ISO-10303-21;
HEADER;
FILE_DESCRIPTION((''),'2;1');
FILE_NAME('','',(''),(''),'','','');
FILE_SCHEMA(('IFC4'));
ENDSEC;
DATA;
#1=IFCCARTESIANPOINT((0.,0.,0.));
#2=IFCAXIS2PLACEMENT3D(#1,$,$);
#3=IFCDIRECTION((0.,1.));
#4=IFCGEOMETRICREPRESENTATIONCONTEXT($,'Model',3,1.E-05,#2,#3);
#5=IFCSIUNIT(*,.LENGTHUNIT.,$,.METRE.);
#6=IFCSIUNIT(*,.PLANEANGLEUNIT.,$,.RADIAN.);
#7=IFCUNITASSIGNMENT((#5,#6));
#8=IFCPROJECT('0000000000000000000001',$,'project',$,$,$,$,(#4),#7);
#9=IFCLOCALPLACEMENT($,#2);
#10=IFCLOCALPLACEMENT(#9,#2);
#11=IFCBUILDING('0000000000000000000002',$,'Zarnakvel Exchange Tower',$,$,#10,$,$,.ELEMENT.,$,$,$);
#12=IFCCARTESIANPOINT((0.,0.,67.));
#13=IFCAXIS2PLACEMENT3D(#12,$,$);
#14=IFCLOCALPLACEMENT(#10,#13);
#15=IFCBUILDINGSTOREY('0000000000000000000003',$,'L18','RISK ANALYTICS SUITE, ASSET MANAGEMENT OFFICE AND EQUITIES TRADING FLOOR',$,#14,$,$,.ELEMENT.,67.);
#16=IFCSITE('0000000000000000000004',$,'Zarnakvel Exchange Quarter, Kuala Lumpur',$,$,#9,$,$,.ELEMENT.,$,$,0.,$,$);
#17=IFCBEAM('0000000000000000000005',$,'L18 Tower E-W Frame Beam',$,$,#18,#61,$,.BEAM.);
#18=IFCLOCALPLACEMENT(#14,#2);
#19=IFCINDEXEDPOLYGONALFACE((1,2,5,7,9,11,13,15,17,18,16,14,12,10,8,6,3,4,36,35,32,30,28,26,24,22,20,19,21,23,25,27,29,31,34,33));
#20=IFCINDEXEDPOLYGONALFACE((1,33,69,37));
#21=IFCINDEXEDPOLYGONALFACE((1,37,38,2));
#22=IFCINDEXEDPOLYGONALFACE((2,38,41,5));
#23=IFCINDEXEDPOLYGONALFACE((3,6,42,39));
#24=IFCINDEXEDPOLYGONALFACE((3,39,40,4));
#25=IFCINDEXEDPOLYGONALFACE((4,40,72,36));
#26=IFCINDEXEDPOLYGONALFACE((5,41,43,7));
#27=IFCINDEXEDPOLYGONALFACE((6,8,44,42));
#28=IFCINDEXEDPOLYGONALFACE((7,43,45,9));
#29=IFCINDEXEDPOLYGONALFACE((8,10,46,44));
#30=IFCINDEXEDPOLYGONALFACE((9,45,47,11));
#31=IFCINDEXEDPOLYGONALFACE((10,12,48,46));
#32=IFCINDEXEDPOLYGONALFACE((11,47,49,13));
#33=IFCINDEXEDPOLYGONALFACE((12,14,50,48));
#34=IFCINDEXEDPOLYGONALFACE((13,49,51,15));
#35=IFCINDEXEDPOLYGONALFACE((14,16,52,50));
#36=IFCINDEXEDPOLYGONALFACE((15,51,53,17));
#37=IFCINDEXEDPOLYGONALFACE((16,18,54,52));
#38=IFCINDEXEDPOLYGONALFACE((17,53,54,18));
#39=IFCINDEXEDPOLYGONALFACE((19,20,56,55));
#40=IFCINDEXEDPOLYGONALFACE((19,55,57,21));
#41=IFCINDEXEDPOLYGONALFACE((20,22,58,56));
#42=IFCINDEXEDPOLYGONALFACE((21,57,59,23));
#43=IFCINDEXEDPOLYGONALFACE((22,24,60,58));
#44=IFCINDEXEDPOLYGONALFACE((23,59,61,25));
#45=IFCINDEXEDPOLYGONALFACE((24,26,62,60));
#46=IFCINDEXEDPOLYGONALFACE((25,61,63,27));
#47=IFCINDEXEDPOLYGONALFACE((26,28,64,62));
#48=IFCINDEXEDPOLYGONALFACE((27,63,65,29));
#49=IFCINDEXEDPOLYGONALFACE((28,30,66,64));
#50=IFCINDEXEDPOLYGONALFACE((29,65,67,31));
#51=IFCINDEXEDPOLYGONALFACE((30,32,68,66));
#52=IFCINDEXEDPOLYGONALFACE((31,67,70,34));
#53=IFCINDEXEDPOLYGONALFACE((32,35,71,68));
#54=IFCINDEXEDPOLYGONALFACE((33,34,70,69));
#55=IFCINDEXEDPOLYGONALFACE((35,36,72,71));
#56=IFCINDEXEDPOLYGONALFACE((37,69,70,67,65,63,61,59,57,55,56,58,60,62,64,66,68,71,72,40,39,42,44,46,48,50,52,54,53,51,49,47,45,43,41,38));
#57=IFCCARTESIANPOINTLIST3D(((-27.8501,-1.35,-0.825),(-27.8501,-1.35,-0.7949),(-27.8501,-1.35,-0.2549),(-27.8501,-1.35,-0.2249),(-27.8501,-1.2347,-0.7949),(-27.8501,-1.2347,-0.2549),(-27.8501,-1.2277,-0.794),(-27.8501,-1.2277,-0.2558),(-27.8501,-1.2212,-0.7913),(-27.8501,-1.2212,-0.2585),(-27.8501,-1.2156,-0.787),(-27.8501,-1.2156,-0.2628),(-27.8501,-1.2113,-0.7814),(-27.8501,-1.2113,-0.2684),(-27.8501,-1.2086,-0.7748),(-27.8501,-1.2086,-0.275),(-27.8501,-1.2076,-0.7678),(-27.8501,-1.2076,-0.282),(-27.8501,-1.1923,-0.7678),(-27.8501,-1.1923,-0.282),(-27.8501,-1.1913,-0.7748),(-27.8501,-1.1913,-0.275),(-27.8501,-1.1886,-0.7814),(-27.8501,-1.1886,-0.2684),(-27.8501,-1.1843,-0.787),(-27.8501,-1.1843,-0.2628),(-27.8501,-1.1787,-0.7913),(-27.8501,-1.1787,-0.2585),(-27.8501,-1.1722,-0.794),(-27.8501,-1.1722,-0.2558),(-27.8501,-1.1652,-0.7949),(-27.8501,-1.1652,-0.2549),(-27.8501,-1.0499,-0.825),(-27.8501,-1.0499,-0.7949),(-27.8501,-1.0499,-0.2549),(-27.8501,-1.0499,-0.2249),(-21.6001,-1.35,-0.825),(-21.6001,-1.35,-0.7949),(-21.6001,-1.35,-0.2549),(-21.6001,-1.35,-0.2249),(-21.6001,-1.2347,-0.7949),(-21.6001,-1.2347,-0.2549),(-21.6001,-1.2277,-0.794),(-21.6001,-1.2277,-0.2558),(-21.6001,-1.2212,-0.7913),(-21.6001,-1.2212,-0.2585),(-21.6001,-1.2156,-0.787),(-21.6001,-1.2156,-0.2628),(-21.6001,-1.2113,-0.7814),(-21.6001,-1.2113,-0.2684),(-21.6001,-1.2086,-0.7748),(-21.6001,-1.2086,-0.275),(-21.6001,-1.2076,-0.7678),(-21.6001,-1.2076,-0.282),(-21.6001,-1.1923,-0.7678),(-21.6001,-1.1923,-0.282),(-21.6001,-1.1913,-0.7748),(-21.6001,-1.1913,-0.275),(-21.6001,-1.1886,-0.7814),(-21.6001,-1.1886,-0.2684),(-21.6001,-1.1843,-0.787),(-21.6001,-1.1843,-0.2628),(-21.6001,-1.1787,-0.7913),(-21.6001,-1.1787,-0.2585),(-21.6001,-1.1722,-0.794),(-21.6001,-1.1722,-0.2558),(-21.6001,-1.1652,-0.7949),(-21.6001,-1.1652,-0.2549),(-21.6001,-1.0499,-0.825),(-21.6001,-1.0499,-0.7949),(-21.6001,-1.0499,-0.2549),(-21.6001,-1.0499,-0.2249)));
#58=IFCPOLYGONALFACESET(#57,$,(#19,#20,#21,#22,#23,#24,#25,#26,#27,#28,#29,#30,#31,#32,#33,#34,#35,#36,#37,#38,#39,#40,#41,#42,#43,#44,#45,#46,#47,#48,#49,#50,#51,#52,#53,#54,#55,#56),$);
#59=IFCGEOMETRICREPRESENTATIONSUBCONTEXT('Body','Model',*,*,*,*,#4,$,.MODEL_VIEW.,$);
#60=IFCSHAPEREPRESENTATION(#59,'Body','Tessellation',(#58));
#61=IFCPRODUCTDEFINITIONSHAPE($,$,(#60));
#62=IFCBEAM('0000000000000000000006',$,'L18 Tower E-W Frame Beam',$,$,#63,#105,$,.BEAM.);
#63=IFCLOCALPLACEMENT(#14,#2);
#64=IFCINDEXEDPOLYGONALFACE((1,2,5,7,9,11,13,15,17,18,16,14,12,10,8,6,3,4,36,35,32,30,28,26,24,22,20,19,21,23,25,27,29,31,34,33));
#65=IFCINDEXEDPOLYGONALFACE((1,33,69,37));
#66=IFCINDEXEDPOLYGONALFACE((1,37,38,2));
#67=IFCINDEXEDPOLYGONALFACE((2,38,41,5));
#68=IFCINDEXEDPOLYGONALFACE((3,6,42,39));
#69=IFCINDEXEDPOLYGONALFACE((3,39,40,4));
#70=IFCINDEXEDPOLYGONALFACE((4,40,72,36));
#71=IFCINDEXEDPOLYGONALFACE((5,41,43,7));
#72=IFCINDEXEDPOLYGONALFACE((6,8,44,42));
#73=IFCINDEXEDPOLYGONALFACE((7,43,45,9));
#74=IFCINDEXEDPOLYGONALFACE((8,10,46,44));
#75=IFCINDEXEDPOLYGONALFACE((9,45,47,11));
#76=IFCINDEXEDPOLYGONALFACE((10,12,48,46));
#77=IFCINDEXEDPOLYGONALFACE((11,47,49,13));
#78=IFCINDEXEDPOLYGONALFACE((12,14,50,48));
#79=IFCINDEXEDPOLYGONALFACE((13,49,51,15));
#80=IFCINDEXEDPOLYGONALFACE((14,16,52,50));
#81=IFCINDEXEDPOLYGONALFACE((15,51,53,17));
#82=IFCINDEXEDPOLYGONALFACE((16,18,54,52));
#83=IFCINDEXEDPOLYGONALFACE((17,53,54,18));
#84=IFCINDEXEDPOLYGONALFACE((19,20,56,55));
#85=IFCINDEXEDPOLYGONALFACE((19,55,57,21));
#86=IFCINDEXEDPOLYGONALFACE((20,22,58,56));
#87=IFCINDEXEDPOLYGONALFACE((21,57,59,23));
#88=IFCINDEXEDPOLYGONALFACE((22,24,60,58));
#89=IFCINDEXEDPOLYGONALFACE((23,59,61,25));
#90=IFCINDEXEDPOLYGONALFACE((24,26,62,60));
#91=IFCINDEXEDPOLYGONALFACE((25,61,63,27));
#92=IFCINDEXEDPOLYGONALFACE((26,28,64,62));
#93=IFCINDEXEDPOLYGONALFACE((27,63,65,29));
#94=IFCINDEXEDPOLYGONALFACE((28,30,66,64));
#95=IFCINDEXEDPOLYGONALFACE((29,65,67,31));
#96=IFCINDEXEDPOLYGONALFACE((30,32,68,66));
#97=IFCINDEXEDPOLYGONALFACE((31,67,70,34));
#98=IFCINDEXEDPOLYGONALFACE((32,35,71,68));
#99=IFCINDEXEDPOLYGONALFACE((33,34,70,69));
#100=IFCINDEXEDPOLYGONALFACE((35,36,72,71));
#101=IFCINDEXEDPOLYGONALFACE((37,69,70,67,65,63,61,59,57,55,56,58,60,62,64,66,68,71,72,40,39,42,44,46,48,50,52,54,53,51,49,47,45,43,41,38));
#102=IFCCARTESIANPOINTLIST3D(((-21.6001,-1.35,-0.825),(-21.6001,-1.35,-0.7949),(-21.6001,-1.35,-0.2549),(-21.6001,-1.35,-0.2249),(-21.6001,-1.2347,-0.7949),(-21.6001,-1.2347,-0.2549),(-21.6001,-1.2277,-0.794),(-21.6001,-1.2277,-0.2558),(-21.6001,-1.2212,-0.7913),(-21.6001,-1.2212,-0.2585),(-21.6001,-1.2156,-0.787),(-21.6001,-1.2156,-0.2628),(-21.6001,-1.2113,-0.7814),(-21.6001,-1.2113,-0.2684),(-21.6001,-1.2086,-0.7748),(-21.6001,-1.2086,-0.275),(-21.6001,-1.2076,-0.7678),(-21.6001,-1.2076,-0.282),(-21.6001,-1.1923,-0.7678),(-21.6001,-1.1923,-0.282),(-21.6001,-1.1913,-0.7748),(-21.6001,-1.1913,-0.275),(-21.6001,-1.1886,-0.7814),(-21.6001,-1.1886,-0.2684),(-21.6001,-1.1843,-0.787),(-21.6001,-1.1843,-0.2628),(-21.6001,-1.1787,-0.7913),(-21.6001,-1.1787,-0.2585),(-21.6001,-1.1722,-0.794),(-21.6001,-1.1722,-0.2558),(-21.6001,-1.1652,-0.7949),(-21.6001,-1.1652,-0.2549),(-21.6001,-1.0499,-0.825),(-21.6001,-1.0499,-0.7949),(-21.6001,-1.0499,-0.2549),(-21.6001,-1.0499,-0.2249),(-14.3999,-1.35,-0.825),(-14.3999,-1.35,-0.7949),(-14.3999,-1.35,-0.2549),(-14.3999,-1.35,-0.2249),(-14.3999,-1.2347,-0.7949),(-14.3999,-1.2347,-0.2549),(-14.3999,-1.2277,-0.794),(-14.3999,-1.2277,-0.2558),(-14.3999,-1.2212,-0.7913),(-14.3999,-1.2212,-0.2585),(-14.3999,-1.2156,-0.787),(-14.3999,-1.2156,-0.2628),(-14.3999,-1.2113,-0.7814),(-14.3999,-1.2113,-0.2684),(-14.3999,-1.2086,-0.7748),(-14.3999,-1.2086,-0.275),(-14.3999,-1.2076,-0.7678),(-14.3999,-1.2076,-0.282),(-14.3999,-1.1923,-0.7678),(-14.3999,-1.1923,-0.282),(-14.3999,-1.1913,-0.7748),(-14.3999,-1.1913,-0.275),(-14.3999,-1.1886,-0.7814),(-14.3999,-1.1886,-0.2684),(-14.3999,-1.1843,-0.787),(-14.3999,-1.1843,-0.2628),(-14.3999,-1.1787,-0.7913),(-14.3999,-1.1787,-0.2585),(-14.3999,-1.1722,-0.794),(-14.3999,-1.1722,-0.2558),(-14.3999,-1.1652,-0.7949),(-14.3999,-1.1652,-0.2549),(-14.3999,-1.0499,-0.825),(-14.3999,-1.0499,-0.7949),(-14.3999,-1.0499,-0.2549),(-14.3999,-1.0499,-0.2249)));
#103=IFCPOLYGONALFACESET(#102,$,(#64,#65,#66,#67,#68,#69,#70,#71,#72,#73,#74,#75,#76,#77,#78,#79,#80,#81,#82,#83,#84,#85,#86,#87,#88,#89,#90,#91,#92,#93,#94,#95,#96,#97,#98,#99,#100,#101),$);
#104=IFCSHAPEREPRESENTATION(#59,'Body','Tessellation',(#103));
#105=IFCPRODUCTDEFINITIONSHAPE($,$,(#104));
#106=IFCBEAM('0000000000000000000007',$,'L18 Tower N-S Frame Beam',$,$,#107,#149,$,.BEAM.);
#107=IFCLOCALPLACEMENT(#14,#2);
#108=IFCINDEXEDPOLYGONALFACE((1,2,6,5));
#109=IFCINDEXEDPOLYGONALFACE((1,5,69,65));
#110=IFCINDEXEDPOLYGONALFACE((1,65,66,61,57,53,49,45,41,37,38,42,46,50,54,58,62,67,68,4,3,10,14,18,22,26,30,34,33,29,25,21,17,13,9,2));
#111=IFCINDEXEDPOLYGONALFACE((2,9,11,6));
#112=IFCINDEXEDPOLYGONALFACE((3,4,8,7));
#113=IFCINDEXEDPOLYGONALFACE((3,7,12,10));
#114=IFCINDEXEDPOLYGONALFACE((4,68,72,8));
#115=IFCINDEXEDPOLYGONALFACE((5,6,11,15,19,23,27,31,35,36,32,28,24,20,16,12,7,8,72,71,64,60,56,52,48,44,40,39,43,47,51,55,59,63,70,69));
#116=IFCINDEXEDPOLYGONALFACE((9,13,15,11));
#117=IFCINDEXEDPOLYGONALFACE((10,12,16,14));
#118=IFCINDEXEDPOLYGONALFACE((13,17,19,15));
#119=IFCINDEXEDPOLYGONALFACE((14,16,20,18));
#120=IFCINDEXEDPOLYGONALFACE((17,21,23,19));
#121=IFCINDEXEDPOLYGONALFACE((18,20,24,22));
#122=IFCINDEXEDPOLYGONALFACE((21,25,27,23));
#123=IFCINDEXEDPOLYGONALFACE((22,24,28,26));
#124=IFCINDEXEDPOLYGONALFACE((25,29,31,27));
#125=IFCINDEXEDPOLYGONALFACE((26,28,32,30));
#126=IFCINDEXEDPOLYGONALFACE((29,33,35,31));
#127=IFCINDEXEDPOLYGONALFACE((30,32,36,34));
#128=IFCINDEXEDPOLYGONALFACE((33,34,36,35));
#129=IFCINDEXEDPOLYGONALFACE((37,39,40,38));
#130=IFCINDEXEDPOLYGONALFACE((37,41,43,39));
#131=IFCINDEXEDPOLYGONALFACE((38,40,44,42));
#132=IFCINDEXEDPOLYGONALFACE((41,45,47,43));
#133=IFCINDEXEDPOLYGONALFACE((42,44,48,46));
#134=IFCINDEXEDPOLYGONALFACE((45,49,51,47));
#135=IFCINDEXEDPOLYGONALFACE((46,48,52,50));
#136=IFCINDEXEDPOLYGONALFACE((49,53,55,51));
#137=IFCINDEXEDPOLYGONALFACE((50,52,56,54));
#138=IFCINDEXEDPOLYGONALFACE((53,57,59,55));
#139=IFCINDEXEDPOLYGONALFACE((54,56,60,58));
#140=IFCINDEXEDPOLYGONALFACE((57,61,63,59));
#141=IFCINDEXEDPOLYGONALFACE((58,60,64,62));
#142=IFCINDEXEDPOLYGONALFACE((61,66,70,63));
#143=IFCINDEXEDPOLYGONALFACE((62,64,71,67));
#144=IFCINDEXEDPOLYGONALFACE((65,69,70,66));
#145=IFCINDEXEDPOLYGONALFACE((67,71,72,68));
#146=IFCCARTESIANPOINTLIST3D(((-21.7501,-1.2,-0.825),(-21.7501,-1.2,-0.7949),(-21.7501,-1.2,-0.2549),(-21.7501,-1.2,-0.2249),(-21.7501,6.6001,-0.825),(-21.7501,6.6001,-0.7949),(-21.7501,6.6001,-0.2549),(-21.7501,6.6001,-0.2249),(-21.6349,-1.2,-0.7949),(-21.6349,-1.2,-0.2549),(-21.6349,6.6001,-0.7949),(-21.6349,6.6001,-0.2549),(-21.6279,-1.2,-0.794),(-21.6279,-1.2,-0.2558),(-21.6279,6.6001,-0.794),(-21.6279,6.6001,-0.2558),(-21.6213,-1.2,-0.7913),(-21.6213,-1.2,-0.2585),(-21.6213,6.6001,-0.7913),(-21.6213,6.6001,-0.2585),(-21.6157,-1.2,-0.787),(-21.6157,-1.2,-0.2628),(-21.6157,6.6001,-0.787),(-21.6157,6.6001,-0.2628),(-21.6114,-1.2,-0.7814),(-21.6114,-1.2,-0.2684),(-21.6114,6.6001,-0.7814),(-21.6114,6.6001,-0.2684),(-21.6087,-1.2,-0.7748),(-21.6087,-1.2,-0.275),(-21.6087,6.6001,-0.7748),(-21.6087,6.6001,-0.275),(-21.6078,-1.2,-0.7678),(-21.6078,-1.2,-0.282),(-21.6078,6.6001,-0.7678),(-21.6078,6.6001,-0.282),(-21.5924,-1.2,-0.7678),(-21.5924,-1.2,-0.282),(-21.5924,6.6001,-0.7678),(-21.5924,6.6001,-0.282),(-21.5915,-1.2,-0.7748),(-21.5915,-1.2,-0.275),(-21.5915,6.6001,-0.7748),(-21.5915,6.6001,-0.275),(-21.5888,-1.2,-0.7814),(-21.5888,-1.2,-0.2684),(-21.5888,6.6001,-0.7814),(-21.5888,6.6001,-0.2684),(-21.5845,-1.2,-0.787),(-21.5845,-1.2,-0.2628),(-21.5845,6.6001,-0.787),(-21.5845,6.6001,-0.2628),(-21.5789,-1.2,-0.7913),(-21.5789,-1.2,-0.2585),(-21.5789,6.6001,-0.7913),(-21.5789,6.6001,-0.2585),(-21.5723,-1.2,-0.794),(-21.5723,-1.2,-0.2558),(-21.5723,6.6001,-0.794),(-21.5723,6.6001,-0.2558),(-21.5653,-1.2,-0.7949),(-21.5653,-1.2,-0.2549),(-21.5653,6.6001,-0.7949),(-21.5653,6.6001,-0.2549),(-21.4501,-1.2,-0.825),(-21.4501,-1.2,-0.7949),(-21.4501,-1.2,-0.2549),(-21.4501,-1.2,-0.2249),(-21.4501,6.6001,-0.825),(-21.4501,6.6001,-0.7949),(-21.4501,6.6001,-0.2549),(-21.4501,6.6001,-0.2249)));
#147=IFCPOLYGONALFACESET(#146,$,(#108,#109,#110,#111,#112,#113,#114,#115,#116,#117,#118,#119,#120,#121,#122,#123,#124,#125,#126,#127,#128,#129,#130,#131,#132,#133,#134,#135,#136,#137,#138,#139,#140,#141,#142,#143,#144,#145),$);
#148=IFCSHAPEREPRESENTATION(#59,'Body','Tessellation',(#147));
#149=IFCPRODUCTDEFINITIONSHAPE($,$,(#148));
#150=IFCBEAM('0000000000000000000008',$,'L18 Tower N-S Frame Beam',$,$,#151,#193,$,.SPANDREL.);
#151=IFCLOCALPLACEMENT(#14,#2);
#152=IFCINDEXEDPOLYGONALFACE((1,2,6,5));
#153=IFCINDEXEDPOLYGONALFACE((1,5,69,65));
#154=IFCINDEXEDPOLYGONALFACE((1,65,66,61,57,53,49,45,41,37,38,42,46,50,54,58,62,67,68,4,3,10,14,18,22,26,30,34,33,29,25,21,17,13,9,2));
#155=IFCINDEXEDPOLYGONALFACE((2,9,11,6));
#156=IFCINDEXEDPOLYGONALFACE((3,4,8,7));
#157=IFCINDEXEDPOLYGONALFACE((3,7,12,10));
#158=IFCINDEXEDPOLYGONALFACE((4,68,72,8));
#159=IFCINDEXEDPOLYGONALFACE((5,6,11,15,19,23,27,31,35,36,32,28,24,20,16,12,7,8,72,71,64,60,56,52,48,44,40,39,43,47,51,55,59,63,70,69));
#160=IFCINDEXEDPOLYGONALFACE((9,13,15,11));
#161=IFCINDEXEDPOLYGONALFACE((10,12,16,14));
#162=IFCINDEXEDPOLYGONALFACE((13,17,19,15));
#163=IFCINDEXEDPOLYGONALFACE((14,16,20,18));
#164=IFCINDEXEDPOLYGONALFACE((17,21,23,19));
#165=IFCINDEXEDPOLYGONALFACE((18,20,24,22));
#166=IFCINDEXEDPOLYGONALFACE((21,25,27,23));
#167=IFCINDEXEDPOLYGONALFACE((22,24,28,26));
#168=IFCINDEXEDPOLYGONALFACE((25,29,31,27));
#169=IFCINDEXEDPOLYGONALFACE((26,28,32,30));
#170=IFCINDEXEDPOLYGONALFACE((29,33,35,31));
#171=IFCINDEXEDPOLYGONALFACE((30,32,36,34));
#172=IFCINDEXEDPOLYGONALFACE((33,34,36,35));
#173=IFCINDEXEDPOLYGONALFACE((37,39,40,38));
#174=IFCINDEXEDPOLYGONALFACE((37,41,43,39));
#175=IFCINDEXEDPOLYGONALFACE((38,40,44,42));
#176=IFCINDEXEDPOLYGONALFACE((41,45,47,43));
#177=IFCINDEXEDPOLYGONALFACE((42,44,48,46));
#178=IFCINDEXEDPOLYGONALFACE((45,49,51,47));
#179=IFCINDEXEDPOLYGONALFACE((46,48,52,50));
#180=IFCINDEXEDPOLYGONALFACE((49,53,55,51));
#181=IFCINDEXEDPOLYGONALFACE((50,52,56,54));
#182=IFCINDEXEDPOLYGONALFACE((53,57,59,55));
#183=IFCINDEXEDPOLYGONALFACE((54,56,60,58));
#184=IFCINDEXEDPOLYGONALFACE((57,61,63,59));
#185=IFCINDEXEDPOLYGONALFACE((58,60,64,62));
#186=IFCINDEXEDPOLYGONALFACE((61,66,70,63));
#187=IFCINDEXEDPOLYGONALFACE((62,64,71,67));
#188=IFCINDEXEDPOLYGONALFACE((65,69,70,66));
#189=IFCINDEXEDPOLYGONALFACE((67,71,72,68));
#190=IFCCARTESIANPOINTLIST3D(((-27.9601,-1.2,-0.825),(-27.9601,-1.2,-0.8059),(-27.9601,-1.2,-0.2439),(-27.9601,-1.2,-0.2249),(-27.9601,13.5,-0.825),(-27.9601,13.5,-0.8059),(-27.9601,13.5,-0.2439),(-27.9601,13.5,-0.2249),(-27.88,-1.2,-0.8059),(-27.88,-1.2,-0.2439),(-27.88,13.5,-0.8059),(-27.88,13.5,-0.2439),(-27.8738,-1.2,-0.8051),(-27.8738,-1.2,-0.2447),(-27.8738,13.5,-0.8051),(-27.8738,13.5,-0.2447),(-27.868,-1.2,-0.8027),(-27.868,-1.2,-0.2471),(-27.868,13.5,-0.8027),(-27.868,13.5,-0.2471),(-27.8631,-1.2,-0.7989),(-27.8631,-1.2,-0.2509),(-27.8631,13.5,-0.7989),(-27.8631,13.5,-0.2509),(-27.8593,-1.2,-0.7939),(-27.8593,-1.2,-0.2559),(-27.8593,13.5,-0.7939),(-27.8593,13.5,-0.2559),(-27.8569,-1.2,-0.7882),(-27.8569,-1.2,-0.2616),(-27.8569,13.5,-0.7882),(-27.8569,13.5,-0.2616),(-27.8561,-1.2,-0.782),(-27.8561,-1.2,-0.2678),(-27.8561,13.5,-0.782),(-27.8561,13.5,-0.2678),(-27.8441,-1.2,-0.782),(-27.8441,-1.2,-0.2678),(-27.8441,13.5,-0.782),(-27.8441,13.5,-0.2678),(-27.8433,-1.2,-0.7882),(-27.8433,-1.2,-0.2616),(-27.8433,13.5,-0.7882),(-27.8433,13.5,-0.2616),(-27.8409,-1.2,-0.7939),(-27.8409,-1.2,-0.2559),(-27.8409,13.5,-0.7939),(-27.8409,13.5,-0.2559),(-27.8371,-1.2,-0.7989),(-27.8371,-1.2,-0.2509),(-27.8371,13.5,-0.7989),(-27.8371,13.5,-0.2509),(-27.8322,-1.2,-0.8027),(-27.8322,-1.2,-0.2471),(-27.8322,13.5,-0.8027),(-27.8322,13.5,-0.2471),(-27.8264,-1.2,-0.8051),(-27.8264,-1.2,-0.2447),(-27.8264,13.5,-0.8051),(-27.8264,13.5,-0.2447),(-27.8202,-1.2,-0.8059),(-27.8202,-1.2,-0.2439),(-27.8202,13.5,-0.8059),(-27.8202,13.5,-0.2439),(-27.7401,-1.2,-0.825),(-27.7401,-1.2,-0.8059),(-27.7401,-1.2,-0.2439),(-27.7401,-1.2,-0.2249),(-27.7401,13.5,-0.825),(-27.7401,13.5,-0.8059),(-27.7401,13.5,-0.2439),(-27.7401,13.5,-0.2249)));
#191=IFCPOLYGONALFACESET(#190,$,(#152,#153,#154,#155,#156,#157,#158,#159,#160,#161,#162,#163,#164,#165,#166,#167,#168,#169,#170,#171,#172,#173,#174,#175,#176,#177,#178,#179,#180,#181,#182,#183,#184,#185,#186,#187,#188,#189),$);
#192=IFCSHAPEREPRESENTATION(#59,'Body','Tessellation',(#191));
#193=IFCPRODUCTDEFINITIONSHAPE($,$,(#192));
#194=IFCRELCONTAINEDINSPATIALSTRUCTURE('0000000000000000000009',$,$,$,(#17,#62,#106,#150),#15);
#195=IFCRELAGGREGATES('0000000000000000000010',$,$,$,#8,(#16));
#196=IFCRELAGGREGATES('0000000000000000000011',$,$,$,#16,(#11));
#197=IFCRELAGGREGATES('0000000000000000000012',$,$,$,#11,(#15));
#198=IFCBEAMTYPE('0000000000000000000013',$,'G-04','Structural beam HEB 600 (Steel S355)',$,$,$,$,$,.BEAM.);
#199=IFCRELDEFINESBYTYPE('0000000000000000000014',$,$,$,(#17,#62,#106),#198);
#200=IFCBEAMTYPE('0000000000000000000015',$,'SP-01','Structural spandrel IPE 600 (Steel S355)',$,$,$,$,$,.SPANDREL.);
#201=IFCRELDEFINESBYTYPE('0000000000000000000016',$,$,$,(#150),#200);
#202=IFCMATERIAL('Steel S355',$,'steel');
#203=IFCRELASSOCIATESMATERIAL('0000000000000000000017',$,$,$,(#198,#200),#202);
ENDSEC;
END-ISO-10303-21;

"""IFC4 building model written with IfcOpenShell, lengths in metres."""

from ifc_helpers import new_model, si_unit, direction, frame, origin, origin_2d, place, context, subcontext, project, spatial, i_section, extrude, material, material_profile, profile_set, type_object, element, save


model = new_model("IFC4")

# Units and contexts
model_context = context("Model", 3, precision=1e-05, world=origin(), true_north=direction((0.0, 1.0)))
body_context = subcontext(model_context, "Body", "Model", "MODEL_VIEW")
ifc_project = project(units=[si_unit("LENGTHUNIT", "METRE"), si_unit("PLANEANGLEUNIT", "RADIAN")], contexts=[model_context])

# Site, building, storey
site_placement = place(None, origin())
site = spatial("IfcSite", under=ifc_project, at=site_placement, Name="Zarnakvel Exchange Quarter, Kuala Lumpur", CompositionType="ELEMENT", RefElevation=0.0)
building_placement = place(site_placement, origin())
building = spatial("IfcBuilding", under=site, at=building_placement, Name="Zarnakvel Exchange Tower", CompositionType="ELEMENT")
storey_placement = place(building_placement, frame((0.0, 0.0, 67.0)))
storey = spatial("IfcBuildingStorey", under=building, at=storey_placement, Name="L18", Description="RISK ANALYTICS SUITE, ASSET MANAGEMENT OFFICE AND EQUITIES TRADING FLOOR", CompositionType="ELEMENT", Elevation=67.0)

# Shared definitions
ifc_material_1 = material(Name="Steel S355", Category="steel")

# Beams
ifc_material_profile_1 = material_profile(ifc_material_1, i_section(OverallWidth=0.3, OverallDepth=0.6001, WebThickness=0.0154, FlangeThickness=0.03, FilletRadius=0.0271, at=origin_2d()))
ifc_profile_set_1 = profile_set([ifc_material_profile_1], Name="Steel S355")
beam_type_1 = type_object("IfcBeamType", Name="G-04", Description="Structural beam HEB 600 (Steel S355)", PredefinedType="BEAM", material=ifc_profile_set_1)
beam_1_placement = place(storey_placement, frame((-27.8501, -1.2, -0.5249), z_axis=(1.0, 0.0, 0.0), x_axis=(0.0, 1.0, 0.0)))
element("IfcBeam", 1, at=beam_1_placement, inside=storey, type_object=beam_type_1, Name="L18 Tower E-W Frame Beam", PredefinedType="BEAM", context=body_context, shape_type="SweptSolid", body=[
    extrude(i_section(OverallWidth=0.3, OverallDepth=0.6001, WebThickness=0.0154, FlangeThickness=0.03, FilletRadius=0.0271, at=origin_2d()), origin(), (0.0, 0.0, 1.0), 6.25),
])
beam_2_placement = place(storey_placement, frame((-21.6001, -1.2, -0.5249), z_axis=(1.0, 0.0, 0.0), x_axis=(0.0, 1.0, 0.0)))
element("IfcBeam", 2, at=beam_2_placement, inside=storey, type_object=beam_type_1, Name="L18 Tower E-W Frame Beam", PredefinedType="BEAM", context=body_context, shape_type="SweptSolid", body=[
    extrude(i_section(OverallWidth=0.3, OverallDepth=0.6001, WebThickness=0.0154, FlangeThickness=0.03, FilletRadius=0.0271, at=origin_2d()), origin(), (0.0, 0.0, 1.0), 7.2002),
])
beam_3_placement = place(storey_placement, frame((-21.6001, -1.2, -0.5249), z_axis=(0.0, 1.0, 0.0), x_axis=(-1.0, 0.0, 0.0)))
element("IfcBeam", 3, at=beam_3_placement, inside=storey, type_object=beam_type_1, Name="L18 Tower N-S Frame Beam", PredefinedType="BEAM", context=body_context, shape_type="SweptSolid", body=[
    extrude(i_section(OverallWidth=0.3, OverallDepth=0.6001, WebThickness=0.0154, FlangeThickness=0.03, FilletRadius=0.0271, at=origin_2d()), origin(), (0.0, 0.0, 1.0), 7.8),
])
ifc_material_profile_2 = material_profile(ifc_material_1, i_section(OverallWidth=0.22, OverallDepth=0.6001, WebThickness=0.012, FlangeThickness=0.019, FilletRadius=0.0239, at=origin_2d()))
ifc_profile_set_2 = profile_set([ifc_material_profile_2], Name="Steel S355")
beam_type_2 = type_object("IfcBeamType", Name="SP-01", Description="Structural spandrel IPE 600 (Steel S355)", PredefinedType="SPANDREL", material=ifc_profile_set_2)
beam_4_placement = place(storey_placement, frame((-27.8501, -1.2, -0.5249), z_axis=(0.0, 1.0, 0.0), x_axis=(-1.0, 0.0, 0.0)))
element("IfcBeam", 4, at=beam_4_placement, inside=storey, type_object=beam_type_2, Name="L18 Tower N-S Frame Beam", PredefinedType="SPANDREL", context=body_context, shape_type="SweptSolid", body=[
    extrude(i_section(OverallWidth=0.22, OverallDepth=0.6001, WebThickness=0.012, FlangeThickness=0.019, FilletRadius=0.0239, at=origin_2d()), origin(), (0.0, 0.0, 1.0), 14.7),
])

save(model, "model.ifc")
